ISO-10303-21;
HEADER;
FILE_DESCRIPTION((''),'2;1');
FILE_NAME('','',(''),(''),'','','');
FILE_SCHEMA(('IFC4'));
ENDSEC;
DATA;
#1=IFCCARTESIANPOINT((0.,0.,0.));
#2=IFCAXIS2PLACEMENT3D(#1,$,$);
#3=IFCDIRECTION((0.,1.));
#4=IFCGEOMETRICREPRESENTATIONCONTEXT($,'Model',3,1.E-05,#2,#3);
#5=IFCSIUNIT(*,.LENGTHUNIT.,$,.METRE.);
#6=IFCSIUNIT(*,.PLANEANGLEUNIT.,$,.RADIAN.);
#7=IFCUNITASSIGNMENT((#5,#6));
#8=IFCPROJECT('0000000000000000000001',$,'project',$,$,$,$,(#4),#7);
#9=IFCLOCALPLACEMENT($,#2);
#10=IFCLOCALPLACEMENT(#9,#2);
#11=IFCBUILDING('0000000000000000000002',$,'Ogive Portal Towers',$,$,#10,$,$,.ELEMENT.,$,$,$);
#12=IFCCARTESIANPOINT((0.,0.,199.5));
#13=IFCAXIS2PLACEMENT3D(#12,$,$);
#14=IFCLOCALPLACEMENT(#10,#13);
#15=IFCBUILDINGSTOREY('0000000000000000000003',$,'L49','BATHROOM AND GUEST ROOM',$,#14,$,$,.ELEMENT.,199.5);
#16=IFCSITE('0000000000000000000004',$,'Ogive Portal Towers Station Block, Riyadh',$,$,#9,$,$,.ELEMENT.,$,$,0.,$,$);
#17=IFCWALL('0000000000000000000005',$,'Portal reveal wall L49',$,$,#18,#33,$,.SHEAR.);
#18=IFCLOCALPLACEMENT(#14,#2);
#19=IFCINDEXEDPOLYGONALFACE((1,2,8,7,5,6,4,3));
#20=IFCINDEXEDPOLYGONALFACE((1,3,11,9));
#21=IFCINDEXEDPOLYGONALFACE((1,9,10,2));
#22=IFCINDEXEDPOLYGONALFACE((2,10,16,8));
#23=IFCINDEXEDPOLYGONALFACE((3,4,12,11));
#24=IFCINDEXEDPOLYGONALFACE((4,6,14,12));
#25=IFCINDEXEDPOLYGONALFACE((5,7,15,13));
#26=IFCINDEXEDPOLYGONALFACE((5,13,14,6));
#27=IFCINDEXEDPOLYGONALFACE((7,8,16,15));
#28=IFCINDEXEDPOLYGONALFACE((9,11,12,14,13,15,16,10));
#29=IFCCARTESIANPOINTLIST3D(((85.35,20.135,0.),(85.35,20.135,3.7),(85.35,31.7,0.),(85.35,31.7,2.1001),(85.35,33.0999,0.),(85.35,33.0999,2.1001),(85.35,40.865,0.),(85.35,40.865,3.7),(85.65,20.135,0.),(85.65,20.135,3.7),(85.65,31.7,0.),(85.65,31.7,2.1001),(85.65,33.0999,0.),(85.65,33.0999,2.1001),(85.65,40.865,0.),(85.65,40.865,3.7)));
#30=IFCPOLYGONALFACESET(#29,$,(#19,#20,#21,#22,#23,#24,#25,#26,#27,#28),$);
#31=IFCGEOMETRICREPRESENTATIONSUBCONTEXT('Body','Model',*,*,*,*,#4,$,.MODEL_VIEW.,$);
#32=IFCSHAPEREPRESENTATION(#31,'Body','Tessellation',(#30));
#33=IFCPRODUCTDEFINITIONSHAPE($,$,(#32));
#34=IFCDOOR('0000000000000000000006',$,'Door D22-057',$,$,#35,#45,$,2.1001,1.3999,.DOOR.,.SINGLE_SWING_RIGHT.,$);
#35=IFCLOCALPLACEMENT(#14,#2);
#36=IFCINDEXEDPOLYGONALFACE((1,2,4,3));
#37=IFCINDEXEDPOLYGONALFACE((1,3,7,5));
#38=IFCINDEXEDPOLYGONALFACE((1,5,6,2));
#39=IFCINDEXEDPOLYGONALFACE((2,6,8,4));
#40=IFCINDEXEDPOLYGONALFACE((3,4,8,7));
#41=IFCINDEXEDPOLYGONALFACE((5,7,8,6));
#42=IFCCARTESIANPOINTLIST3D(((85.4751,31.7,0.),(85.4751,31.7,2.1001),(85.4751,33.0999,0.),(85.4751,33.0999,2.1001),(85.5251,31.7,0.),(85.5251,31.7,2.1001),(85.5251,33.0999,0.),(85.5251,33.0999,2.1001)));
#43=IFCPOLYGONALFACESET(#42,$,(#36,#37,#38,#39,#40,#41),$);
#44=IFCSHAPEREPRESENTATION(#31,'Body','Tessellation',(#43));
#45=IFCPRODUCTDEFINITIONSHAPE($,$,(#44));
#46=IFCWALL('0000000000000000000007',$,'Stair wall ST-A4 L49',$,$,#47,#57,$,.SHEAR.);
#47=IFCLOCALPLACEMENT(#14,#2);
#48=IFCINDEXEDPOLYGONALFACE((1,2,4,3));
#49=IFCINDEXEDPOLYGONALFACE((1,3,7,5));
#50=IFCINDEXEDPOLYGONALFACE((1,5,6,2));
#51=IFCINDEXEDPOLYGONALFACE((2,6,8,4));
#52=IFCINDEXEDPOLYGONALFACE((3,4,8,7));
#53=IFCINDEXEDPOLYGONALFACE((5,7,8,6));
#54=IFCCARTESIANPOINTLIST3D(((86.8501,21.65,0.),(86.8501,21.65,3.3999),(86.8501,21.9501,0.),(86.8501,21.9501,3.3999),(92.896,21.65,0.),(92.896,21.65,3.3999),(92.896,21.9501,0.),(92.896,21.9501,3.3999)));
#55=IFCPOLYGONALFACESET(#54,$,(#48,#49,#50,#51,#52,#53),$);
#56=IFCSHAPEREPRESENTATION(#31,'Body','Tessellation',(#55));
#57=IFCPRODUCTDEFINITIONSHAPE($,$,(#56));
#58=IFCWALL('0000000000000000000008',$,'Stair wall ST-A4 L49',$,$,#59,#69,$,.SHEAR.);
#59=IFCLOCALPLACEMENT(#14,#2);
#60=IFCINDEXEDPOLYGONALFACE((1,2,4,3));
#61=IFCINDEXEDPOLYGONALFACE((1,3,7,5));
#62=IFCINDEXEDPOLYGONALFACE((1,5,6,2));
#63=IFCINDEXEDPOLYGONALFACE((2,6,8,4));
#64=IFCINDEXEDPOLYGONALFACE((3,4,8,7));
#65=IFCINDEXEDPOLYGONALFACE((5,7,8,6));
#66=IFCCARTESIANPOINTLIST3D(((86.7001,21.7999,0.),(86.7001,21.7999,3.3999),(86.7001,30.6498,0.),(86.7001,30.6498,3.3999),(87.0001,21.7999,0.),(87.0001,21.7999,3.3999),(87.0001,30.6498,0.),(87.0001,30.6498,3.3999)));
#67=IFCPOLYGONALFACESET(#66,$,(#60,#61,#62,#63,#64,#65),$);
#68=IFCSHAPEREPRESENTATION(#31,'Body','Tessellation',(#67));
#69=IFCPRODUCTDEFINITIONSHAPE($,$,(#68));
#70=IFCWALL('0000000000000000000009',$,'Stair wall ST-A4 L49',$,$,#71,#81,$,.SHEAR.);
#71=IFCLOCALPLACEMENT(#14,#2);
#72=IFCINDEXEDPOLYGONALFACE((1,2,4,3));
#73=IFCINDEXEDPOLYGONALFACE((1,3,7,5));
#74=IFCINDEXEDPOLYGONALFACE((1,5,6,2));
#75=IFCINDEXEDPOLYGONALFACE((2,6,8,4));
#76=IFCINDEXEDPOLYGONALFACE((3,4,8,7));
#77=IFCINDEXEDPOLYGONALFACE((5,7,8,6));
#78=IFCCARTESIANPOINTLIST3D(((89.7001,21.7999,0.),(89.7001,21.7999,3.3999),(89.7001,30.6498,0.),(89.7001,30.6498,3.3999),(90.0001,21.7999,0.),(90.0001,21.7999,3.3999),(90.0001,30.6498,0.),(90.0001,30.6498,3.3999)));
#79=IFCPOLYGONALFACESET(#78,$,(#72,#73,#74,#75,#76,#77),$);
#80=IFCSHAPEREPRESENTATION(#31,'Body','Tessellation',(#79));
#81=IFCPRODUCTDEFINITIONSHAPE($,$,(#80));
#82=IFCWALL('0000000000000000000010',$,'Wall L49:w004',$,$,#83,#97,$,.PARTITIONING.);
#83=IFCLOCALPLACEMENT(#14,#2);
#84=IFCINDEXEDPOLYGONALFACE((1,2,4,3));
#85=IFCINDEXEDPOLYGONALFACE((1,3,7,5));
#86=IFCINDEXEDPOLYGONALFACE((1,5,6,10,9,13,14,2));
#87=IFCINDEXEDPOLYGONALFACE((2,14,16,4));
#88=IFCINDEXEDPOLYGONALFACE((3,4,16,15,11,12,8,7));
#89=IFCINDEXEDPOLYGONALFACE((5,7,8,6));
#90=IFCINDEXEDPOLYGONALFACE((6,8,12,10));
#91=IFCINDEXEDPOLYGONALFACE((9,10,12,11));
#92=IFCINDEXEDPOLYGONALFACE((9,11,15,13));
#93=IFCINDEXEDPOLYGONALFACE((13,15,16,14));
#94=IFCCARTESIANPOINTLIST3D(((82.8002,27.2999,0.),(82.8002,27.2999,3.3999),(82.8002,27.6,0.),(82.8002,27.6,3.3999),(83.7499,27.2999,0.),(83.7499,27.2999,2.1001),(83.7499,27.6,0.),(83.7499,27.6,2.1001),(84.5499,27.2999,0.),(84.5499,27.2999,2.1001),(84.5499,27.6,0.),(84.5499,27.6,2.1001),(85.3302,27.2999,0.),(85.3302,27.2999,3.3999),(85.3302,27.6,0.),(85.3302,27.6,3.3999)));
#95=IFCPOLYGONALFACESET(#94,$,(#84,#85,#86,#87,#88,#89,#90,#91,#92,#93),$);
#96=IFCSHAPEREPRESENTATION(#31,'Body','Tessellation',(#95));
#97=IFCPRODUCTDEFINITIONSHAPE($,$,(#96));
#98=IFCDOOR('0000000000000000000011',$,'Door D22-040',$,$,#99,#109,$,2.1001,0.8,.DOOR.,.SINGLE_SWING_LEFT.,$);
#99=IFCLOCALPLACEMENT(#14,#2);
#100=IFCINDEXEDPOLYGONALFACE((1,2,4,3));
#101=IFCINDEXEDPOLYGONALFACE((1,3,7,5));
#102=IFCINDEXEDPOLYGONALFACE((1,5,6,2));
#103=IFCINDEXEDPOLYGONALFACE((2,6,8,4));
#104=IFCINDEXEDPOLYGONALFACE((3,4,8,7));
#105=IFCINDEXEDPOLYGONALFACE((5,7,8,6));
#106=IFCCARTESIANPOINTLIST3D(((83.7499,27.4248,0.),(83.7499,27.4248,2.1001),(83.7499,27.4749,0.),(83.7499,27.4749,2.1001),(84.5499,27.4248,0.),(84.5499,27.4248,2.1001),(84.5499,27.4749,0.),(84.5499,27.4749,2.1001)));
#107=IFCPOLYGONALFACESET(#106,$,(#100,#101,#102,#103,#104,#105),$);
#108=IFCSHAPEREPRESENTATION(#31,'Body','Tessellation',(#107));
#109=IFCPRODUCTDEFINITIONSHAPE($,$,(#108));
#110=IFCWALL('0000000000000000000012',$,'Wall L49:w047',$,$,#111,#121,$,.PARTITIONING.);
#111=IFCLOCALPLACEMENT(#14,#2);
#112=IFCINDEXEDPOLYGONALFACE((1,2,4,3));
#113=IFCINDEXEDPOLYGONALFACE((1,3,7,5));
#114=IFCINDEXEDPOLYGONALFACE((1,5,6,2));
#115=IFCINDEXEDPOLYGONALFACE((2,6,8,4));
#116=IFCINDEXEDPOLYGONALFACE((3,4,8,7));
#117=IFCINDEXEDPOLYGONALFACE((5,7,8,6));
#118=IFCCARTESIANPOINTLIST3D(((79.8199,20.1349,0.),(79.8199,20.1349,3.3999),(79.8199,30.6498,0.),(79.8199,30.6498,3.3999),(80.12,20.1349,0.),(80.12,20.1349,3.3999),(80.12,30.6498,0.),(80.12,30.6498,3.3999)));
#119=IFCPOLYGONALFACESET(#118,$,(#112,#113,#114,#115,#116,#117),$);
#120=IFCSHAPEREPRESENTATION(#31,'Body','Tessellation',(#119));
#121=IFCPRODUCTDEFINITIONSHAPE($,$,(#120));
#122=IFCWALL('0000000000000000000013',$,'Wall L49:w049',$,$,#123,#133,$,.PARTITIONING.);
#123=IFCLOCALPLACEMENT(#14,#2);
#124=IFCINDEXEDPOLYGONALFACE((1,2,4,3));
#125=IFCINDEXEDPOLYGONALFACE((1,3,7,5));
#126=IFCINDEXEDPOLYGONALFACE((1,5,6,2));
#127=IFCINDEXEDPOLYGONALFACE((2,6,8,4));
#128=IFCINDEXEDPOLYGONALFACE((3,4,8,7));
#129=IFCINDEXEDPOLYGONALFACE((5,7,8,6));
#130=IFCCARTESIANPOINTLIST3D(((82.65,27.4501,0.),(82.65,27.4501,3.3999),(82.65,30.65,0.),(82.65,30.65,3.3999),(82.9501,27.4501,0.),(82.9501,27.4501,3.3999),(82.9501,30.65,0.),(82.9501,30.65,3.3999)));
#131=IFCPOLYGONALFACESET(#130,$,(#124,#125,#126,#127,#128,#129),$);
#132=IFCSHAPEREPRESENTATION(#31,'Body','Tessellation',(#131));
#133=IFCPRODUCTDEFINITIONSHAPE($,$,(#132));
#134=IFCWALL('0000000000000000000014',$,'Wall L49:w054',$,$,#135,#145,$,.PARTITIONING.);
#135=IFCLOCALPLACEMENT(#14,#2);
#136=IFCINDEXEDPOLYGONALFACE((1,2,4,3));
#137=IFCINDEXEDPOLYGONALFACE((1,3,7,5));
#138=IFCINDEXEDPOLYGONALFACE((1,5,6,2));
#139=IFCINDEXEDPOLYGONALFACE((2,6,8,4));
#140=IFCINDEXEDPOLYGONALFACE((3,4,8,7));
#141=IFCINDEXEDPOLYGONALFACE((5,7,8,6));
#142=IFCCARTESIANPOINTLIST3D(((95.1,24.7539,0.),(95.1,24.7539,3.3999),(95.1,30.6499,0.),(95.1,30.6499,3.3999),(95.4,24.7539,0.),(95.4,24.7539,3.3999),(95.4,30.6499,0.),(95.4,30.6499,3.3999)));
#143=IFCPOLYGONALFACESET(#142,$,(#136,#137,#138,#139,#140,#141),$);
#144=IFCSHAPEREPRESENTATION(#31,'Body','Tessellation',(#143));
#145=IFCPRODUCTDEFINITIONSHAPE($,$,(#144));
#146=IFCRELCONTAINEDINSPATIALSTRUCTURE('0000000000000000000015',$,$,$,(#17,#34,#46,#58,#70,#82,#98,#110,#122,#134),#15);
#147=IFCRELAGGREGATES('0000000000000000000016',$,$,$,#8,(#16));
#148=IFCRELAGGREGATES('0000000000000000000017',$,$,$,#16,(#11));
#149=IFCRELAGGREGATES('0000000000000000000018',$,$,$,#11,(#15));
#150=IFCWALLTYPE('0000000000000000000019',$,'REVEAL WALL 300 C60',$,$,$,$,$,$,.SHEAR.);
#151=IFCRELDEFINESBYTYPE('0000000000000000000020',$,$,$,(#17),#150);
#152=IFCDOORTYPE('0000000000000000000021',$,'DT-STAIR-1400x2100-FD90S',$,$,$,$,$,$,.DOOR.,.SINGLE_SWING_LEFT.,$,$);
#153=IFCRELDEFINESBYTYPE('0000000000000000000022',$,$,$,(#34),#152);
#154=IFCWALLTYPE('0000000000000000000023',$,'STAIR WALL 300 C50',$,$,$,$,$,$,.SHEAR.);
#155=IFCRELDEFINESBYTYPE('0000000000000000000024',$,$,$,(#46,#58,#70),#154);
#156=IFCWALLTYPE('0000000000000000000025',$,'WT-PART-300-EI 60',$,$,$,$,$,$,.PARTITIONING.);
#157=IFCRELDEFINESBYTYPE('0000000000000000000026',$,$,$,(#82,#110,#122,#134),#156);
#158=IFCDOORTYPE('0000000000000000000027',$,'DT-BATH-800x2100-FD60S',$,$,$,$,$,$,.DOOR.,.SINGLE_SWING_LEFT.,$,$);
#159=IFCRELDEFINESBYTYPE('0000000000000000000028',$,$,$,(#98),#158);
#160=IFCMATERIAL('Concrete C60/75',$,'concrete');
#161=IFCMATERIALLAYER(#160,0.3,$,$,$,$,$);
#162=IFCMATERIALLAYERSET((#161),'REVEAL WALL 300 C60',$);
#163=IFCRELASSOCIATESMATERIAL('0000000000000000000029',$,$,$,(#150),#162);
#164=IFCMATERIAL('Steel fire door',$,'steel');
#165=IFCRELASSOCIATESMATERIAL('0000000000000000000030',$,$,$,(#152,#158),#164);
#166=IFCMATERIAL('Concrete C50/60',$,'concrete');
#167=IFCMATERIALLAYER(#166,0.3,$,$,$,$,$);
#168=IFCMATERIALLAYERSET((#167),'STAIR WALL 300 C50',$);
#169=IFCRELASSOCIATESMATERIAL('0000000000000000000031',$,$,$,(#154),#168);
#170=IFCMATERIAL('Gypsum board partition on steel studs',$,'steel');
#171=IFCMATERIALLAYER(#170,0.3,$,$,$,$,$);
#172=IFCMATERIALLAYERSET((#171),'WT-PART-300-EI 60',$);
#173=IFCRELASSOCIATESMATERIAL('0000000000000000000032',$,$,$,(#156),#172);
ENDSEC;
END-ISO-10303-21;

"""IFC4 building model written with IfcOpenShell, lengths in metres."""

from ifc_helpers import new_model, si_unit, direction, frame, frame_2d, origin, place, context, subcontext, project, spatial, rectangle, extrude, material, layer, layer_set, type_object, element, fill, save


model = new_model("IFC4")

# Units and contexts
model_context = context("Model", 3, precision=1e-05, world=origin(), true_north=direction((0.0, 1.0)))
body_context = subcontext(model_context, "Body", "Model", "MODEL_VIEW")
ifc_project = project(units=[si_unit("LENGTHUNIT", "METRE"), si_unit("PLANEANGLEUNIT", "RADIAN")], contexts=[model_context])

# Site, building, storey
site_placement = place(None, origin())
site = spatial("IfcSite", under=ifc_project, at=site_placement, Name="Ogive Portal Towers Station Block, Riyadh", CompositionType="ELEMENT", RefElevation=0.0)
building_placement = place(site_placement, origin())
building = spatial("IfcBuilding", under=site, at=building_placement, Name="Ogive Portal Towers", CompositionType="ELEMENT")
storey_placement = place(building_placement, frame((0.0, 0.0, 199.5)))
storey = spatial("IfcBuildingStorey", under=building, at=storey_placement, Name="L49", Description="BATHROOM AND GUEST ROOM", CompositionType="ELEMENT", Elevation=199.5)

# Shared definitions
ifc_material_1 = material(Name="Concrete C60/75", Category="concrete")

# Wall, opening, door
ifc_layer_1 = layer(ifc_material_1, 0.3)
ifc_layer_set_1 = layer_set([ifc_layer_1], Name="REVEAL WALL 300 C60")
wall_type_1 = type_object("IfcWallType", Name="REVEAL WALL 300 C60", PredefinedType="SHEAR", material=ifc_layer_set_1)
wall_1_placement = place(storey_placement, frame((85.5, 20.135, 0.0), z_axis=(0.0, 0.0, 1.0), x_axis=(0.0, 1.0, 0.0)))
wall_1 = element("IfcWall", 1, at=wall_1_placement, inside=storey, type_object=wall_type_1, Name="Portal reveal wall L49", PredefinedType="SHEAR", context=body_context, shape_type="SweptSolid", body=[
    extrude(rectangle(XDim=20.73, YDim=0.3, at=frame_2d((10.365, 0.0))), origin(), (0.0, 0.0, 1.0), 3.7),
])
opening_1_placement = place(wall_1_placement, frame((11.5649, 0.0, 0.0)))
opening_1 = element("IfcOpeningElement", 2, at=opening_1_placement, cuts=wall_1, PredefinedType="OPENING", context=body_context, shape_type="SweptSolid", body=[
    extrude(rectangle(XDim=1.3999, YDim=2.1001, at=frame_2d((0.7, 1.05))), frame((0.0, 0.1602, 0.0), z_axis=(0.0, -1.0, 0.0), x_axis=(1.0, 0.0, 0.0)), (0.0, 0.0, 1.0), 0.3201),
])
ifc_material_2 = material(Name="Steel fire door", Category="steel")
door_type_1 = type_object("IfcDoorType", Name="DT-STAIR-1400x2100-FD90S", OperationType="SINGLE_SWING_LEFT", PredefinedType="DOOR", material=ifc_material_2)
door_1_placement = place(opening_1_placement, origin())
door_1 = element("IfcDoor", 3, at=door_1_placement, inside=storey, type_object=door_type_1, Name="Door D22-057", OperationType="SINGLE_SWING_RIGHT", OverallHeight=2.1001, OverallWidth=1.3999, PredefinedType="DOOR", context=body_context, shape_type="SweptSolid", body=[
    extrude(rectangle(XDim=1.3999, YDim=2.1001, at=frame_2d((0.7, 1.05))), frame((0.0, 0.0249, 0.0), z_axis=(0.0, -1.0, 0.0), x_axis=(1.0, 0.0, 0.0)), (0.0, 0.0, 1.0), 0.05),
])
fill(opening_1, door_1)

# Walls
ifc_material_3 = material(Name="Concrete C50/60", Category="concrete")
ifc_layer_2 = layer(ifc_material_3, 0.3)
ifc_layer_set_2 = layer_set([ifc_layer_2], Name="STAIR WALL 300 C50")
wall_type_2 = type_object("IfcWallType", Name="STAIR WALL 300 C50", PredefinedType="SHEAR", material=ifc_layer_set_2)
wall_2_placement = place(storey_placement, frame((86.8501, 21.8, 0.0), z_axis=(0.0, 0.0, 1.0), x_axis=(1.0, 0.0, 0.0)))
element("IfcWall", 4, at=wall_2_placement, inside=storey, type_object=wall_type_2, Name="Stair wall ST-A4 L49", PredefinedType="SHEAR", context=body_context, shape_type="SweptSolid", body=[
    extrude(rectangle(XDim=6.0459, YDim=0.3, at=frame_2d((3.0229, 0.0))), origin(), (0.0, 0.0, 1.0), 3.3999),
])
for number, where, z_axis, x_axis, name in (
    (5, (86.8501, 21.8, 0.0), (0.0, 0.0, 1.0), (0.0, 1.0, 0.0), "Stair wall ST-A4 L49"),
    (6, (89.8501, 21.8, 0.0), (0.0, 0.0, 1.0), (0.0, 1.0, 0.0), "Stair wall ST-A4 L49"),
):
    element("IfcWall", number, at=place(storey_placement, frame(where, z_axis=z_axis, x_axis=x_axis)), inside=storey, type_object=wall_type_2, Name=name, PredefinedType="SHEAR", context=body_context, shape_type="SweptSolid", body=[
        extrude(rectangle(XDim=8.8499, YDim=0.3, at=frame_2d((4.4248, 0.0))), origin(), (0.0, 0.0, 1.0), 3.3999),
    ])

# Wall, opening, door
ifc_material_4 = material(Name="Gypsum board partition on steel studs", Category="steel")
ifc_layer_3 = layer(ifc_material_4, 0.3)
ifc_layer_set_3 = layer_set([ifc_layer_3], Name="WT-PART-300-EI 60")
wall_type_3 = type_object("IfcWallType", Name="WT-PART-300-EI 60", PredefinedType="PARTITIONING", material=ifc_layer_set_3)
wall_3_placement = place(storey_placement, frame((82.8, 27.45, 0.0), z_axis=(0.0, 0.0, 1.0), x_axis=(1.0, 0.0, 0.0)))
wall_3 = element("IfcWall", 7, at=wall_3_placement, inside=storey, type_object=wall_type_3, Name="Wall L49:w004", PredefinedType="PARTITIONING", context=body_context, shape_type="SweptSolid", body=[
    extrude(rectangle(XDim=2.53, YDim=0.3, at=frame_2d((1.2651, 0.0))), origin(), (0.0, 0.0, 1.0), 3.3999),
])
opening_2_placement = place(wall_3_placement, frame((0.95, 0.0, 0.0)))
opening_2 = element("IfcOpeningElement", 8, at=opening_2_placement, cuts=wall_3, PredefinedType="OPENING", context=body_context, shape_type="SweptSolid", body=[
    extrude(rectangle(XDim=0.8, YDim=2.1001, at=frame_2d((0.3999, 1.05))), frame((0.0, 0.1602, 0.0), z_axis=(0.0, -1.0, 0.0), x_axis=(1.0, 0.0, 0.0)), (0.0, 0.0, 1.0), 0.3201),
])
door_type_2 = type_object("IfcDoorType", Name="DT-BATH-800x2100-FD60S", OperationType="SINGLE_SWING_LEFT", PredefinedType="DOOR", material=ifc_material_2)
door_2_placement = place(opening_2_placement, origin())
door_2 = element("IfcDoor", 9, at=door_2_placement, inside=storey, type_object=door_type_2, Name="Door D22-040", OperationType="SINGLE_SWING_LEFT", OverallHeight=2.1001, OverallWidth=0.8, PredefinedType="DOOR", context=body_context, shape_type="SweptSolid", body=[
    extrude(rectangle(XDim=0.8, YDim=2.1001, at=frame_2d((0.3999, 1.05))), frame((0.0, 0.0249, 0.0), z_axis=(0.0, -1.0, 0.0), x_axis=(1.0, 0.0, 0.0)), (0.0, 0.0, 1.0), 0.05),
])
fill(opening_2, door_2)

# Walls
wall_4_placement = place(storey_placement, frame((79.97, 20.135, 0.0), z_axis=(0.0, 0.0, 1.0), x_axis=(0.0, 1.0, 0.0)))
element("IfcWall", 10, at=wall_4_placement, inside=storey, type_object=wall_type_3, Name="Wall L49:w047", PredefinedType="PARTITIONING", context=body_context, shape_type="SweptSolid", body=[
    extrude(rectangle(XDim=10.5149, YDim=0.3, at=frame_2d((5.2573, 0.0))), origin(), (0.0, 0.0, 1.0), 3.3999),
])
wall_5_placement = place(storey_placement, frame((82.8, 27.45, 0.0), z_axis=(0.0, 0.0, 1.0), x_axis=(0.0, 1.0, 0.0)))
element("IfcWall", 11, at=wall_5_placement, inside=storey, type_object=wall_type_3, Name="Wall L49:w049", PredefinedType="PARTITIONING", context=body_context, shape_type="SweptSolid", body=[
    extrude(rectangle(XDim=3.2, YDim=0.3, at=frame_2d((1.6001, 0.0))), origin(), (0.0, 0.0, 1.0), 3.3999),
])
wall_6_placement = place(storey_placement, frame((95.25, 24.7539, 0.0), z_axis=(0.0, 0.0, 1.0), x_axis=(0.0, 1.0, 0.0)))
element("IfcWall", 12, at=wall_6_placement, inside=storey, type_object=wall_type_3, Name="Wall L49:w054", PredefinedType="PARTITIONING", context=body_context, shape_type="SweptSolid", body=[
    extrude(rectangle(XDim=5.896, YDim=0.3, at=frame_2d((2.948, 0.0))), origin(), (0.0, 0.0, 1.0), 3.3999),
])

save(model, "model.ifc")
